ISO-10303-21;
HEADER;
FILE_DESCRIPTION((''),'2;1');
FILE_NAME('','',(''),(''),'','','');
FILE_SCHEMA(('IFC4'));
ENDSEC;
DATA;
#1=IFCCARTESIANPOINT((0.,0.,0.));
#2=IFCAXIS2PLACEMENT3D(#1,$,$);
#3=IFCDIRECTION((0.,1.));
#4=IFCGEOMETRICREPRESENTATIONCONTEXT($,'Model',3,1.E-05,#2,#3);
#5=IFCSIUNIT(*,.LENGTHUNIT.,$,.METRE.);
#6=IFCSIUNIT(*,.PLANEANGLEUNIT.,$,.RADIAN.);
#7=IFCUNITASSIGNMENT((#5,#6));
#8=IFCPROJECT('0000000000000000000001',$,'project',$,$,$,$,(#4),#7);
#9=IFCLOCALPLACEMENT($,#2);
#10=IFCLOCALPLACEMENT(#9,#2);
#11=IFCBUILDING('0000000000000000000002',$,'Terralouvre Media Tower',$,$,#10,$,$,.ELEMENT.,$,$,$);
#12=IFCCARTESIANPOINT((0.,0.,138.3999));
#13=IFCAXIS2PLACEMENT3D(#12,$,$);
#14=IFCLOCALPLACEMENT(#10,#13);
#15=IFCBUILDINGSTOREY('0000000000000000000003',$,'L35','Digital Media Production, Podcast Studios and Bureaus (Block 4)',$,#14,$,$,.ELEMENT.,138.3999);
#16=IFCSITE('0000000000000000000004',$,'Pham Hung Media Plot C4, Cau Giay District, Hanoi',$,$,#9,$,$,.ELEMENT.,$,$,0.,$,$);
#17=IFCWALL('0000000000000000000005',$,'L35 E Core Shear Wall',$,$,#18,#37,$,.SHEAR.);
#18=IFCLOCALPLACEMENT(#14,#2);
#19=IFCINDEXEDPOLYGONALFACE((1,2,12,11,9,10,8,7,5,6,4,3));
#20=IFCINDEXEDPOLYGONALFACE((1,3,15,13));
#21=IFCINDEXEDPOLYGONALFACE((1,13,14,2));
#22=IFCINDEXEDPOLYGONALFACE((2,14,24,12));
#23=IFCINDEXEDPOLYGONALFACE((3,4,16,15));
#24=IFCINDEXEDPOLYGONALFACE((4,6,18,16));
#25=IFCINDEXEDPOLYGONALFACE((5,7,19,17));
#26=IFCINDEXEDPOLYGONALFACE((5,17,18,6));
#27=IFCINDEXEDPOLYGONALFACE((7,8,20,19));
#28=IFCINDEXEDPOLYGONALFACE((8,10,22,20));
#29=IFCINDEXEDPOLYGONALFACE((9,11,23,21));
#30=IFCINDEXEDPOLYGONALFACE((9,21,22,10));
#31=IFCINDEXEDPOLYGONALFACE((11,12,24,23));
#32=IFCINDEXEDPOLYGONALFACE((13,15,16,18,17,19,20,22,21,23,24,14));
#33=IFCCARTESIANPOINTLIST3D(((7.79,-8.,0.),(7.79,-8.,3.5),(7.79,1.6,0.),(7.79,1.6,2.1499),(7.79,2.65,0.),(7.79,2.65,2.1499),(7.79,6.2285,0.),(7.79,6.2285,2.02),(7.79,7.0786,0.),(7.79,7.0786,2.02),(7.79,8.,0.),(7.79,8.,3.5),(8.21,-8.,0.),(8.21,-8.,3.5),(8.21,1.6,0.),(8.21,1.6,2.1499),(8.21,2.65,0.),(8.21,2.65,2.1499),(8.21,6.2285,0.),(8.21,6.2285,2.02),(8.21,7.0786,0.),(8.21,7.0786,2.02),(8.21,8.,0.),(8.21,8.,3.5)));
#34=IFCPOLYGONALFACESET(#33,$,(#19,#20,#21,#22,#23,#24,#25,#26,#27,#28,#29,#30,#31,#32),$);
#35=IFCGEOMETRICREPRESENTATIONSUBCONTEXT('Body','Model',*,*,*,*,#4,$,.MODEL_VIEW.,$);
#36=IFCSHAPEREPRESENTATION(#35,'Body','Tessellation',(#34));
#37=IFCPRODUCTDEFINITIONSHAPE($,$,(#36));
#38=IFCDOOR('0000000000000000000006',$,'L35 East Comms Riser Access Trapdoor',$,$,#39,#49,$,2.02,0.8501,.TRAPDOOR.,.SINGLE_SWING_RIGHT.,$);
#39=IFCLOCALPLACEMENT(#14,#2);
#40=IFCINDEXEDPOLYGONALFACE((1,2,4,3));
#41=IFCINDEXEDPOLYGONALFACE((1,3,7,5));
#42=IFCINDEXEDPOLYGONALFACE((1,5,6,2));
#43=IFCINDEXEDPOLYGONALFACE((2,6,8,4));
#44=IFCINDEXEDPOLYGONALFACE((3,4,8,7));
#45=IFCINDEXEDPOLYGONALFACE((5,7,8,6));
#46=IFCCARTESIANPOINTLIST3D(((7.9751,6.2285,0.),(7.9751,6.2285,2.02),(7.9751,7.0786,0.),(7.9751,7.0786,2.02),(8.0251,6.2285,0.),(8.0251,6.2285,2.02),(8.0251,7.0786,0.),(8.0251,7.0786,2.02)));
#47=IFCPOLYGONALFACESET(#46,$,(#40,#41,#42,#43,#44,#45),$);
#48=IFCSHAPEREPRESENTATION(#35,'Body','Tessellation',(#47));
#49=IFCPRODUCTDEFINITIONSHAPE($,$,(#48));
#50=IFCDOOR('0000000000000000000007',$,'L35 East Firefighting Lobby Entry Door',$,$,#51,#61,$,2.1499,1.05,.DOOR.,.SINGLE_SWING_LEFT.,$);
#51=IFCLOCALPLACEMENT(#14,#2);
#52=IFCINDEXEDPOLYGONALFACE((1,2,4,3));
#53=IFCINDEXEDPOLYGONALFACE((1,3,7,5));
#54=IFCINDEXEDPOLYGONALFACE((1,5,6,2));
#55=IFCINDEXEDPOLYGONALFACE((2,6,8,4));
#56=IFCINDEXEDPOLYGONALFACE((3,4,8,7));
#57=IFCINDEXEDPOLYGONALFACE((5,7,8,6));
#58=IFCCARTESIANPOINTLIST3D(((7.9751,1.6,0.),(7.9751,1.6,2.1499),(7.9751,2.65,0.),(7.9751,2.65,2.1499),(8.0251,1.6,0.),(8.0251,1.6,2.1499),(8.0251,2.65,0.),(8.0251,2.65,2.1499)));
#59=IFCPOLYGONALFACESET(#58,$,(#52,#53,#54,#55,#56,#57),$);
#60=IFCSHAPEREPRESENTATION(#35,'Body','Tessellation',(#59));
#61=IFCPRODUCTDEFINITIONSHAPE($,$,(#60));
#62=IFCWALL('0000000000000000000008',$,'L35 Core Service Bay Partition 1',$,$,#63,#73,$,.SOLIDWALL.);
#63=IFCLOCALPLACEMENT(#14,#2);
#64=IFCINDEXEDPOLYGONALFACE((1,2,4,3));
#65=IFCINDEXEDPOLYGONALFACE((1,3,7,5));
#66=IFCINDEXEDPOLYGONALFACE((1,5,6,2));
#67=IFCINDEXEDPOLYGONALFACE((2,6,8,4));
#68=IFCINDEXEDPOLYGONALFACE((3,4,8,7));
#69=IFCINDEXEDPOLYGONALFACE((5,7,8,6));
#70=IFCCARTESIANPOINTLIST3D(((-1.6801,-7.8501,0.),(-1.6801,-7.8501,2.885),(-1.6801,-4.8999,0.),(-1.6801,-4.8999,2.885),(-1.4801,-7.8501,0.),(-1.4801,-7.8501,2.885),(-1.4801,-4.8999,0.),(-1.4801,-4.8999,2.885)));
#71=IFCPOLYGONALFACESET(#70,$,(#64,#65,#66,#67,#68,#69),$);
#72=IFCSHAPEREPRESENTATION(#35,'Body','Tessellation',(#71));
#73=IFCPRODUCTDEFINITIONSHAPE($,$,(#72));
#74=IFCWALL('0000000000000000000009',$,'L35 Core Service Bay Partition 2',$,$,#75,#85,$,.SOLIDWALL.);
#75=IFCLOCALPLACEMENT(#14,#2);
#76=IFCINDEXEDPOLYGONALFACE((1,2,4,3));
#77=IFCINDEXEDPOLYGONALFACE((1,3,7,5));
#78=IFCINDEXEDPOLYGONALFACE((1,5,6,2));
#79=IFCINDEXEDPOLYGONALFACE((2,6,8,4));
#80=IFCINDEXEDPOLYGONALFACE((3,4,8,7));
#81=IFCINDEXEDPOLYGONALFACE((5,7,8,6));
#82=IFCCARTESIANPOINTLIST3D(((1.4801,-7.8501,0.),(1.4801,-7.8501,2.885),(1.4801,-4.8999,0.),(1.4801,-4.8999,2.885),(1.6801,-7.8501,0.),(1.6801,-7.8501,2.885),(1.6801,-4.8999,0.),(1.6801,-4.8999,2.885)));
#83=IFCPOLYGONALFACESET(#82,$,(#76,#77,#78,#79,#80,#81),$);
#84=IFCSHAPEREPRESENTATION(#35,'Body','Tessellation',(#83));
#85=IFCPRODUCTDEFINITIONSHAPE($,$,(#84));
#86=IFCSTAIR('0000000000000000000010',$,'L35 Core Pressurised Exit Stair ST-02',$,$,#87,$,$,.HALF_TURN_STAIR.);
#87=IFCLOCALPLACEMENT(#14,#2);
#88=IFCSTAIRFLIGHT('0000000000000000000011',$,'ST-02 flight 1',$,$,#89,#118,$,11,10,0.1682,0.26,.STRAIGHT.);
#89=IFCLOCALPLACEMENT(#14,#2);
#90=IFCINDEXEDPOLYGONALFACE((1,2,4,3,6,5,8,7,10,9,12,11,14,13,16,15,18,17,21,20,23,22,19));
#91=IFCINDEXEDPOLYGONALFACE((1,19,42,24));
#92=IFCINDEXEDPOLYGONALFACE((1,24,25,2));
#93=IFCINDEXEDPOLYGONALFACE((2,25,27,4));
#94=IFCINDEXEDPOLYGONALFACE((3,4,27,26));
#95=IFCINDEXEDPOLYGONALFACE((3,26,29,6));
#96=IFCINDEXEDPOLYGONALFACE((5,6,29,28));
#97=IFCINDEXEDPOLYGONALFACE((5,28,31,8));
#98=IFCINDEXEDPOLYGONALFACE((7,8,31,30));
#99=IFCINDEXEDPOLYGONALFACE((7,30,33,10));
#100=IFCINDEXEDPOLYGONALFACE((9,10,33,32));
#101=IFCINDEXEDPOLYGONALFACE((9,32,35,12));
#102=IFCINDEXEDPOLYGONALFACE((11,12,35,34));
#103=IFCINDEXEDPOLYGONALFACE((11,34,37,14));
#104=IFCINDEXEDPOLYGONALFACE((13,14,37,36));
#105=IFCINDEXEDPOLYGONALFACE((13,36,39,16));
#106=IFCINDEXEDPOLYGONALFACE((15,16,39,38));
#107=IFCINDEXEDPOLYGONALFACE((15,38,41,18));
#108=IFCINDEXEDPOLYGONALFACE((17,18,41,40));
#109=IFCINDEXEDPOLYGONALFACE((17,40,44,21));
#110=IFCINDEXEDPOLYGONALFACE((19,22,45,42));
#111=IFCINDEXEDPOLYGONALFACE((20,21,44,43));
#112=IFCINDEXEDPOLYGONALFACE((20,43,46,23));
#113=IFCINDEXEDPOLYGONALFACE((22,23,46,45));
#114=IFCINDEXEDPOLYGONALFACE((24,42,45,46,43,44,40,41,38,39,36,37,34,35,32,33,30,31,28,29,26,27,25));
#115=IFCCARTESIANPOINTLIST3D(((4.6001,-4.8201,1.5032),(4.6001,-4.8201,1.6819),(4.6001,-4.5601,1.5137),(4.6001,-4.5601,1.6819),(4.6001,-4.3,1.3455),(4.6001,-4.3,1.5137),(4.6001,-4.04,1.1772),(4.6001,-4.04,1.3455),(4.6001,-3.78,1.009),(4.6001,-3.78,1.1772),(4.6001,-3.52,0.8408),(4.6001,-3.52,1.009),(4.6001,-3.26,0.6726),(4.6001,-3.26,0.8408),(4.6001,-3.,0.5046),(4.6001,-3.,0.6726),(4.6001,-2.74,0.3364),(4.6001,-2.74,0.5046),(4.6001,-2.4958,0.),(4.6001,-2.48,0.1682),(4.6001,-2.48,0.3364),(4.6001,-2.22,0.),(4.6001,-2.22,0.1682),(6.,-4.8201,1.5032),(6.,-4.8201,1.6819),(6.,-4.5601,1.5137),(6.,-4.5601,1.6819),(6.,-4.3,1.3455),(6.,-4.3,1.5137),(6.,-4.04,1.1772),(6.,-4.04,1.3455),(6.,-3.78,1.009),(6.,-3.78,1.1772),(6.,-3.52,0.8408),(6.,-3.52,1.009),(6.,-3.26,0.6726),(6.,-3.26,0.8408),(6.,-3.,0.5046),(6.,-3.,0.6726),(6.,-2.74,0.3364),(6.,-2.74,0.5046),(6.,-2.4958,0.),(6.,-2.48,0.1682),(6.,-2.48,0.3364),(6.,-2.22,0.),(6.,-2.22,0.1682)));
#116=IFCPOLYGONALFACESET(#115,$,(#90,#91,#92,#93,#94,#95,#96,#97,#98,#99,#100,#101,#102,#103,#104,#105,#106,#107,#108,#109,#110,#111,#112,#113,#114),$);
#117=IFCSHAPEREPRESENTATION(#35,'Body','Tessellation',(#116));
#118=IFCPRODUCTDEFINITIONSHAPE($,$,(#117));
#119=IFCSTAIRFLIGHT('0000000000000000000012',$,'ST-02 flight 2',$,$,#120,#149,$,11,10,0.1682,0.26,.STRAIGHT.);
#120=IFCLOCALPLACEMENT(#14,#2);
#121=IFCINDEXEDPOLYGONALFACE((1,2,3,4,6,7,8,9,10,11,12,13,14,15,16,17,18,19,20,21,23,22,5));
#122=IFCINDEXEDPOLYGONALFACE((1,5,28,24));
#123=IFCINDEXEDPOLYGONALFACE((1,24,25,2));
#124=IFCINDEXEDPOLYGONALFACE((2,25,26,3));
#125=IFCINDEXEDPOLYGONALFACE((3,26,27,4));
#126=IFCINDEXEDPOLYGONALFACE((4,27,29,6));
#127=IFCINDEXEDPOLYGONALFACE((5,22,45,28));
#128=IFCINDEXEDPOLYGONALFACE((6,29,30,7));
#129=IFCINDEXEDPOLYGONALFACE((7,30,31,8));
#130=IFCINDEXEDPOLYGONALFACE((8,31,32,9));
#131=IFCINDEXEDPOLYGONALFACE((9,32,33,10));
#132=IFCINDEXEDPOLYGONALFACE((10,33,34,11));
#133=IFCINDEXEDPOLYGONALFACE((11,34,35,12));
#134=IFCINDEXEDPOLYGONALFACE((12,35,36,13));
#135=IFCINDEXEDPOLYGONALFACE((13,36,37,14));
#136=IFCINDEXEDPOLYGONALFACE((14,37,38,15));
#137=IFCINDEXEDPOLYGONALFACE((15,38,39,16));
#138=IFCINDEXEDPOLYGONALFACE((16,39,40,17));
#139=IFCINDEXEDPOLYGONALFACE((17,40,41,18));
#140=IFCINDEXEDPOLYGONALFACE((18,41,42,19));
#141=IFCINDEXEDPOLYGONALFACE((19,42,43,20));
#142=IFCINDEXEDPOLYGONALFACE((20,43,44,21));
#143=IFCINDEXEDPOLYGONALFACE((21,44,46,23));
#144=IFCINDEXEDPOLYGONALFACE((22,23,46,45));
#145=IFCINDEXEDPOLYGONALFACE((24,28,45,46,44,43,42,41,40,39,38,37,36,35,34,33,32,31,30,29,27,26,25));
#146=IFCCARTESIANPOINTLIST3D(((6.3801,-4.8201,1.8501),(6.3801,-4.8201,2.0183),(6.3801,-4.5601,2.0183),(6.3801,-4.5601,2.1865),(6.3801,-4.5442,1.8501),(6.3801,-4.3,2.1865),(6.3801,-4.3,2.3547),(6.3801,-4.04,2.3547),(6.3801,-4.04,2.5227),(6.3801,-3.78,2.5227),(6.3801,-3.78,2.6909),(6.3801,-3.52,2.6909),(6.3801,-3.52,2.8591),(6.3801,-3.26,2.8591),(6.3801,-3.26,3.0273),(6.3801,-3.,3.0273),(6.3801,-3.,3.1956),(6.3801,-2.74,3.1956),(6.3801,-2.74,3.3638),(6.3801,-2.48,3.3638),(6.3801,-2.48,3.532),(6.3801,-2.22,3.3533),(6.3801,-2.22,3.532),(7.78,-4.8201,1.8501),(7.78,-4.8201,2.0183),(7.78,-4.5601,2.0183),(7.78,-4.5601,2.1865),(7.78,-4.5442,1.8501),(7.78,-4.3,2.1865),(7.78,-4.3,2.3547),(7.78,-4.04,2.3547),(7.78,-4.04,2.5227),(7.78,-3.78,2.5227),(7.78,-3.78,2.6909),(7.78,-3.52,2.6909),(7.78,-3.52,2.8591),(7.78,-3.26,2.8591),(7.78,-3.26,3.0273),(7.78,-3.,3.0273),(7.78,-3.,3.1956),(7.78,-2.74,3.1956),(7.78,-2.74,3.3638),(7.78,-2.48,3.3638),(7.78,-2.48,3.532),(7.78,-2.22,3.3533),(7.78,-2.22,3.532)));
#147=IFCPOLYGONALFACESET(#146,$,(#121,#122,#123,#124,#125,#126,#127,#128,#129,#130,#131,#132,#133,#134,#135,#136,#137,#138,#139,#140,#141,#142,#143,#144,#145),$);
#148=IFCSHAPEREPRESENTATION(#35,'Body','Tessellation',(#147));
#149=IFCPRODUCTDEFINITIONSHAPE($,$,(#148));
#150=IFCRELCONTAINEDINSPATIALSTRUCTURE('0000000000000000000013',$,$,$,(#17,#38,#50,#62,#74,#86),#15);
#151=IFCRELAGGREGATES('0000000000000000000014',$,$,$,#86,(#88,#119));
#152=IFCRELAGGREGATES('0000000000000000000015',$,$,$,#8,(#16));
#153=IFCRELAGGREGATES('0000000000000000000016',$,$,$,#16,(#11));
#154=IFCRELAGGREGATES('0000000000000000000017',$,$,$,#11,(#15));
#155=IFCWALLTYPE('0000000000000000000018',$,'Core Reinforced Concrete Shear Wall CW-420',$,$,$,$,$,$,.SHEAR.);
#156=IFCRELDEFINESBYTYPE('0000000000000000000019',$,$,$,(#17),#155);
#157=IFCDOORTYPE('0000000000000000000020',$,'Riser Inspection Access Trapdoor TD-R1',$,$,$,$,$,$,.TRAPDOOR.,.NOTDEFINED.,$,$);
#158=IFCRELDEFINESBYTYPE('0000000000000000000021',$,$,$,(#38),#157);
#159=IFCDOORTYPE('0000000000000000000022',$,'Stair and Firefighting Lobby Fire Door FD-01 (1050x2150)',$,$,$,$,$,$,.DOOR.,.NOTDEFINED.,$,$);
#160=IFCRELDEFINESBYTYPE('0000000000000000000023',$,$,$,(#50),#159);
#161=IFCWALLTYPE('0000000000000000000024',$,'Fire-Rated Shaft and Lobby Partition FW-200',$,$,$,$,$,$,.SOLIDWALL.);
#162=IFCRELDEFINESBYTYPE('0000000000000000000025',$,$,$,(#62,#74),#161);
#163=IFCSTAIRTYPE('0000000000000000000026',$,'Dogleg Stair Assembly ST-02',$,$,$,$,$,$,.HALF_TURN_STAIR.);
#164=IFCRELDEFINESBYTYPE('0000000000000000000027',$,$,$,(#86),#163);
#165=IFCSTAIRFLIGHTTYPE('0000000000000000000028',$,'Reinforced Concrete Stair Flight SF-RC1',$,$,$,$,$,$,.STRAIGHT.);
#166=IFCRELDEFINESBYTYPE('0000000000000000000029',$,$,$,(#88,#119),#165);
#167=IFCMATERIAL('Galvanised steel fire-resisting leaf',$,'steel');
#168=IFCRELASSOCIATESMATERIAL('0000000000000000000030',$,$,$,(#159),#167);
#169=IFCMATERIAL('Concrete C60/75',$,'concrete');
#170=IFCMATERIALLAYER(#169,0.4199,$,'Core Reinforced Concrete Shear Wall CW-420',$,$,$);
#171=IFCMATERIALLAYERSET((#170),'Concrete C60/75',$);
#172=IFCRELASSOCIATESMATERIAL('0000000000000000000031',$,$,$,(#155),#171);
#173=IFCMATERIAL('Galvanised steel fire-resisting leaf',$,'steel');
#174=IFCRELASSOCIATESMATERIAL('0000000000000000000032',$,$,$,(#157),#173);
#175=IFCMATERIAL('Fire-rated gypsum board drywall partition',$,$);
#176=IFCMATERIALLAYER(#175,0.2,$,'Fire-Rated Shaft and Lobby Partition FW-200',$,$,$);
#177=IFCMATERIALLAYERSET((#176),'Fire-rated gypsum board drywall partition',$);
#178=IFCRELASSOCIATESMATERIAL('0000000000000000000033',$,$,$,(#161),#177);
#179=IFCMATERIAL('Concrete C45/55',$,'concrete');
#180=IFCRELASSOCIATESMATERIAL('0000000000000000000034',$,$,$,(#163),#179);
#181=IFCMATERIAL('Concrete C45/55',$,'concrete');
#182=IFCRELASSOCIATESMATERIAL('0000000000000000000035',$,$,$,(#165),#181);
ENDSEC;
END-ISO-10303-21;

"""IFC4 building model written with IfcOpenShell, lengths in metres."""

from ifc_helpers import new_model, si_unit, direction, frame, frame_2d, origin, place, context, subcontext, project, spatial, polyline, rectangle, outline, extrude, material, layer, layer_set, type_object, element, fill, aggregate, save


model = new_model("IFC4")

# Units and contexts
model_context = context("Model", 3, precision=1e-05, world=origin(), true_north=direction((0.0, 1.0)))
body_context = subcontext(model_context, "Body", "Model", "MODEL_VIEW")
ifc_project = project(units=[si_unit("LENGTHUNIT", "METRE"), si_unit("PLANEANGLEUNIT", "RADIAN")], contexts=[model_context])

# Site, building, storey
site_placement = place(None, origin())
site = spatial("IfcSite", under=ifc_project, at=site_placement, Name="Pham Hung Media Plot C4, Cau Giay District, Hanoi", CompositionType="ELEMENT", RefElevation=0.0)
building_placement = place(site_placement, origin())
building = spatial("IfcBuilding", under=site, at=building_placement, Name="Terralouvre Media Tower", CompositionType="ELEMENT")
storey_placement = place(building_placement, frame((0.0, 0.0, 138.3999)))
storey = spatial("IfcBuildingStorey", under=building, at=storey_placement, Name="L35", Description="Digital Media Production, Podcast Studios and Bureaus (Block 4)", CompositionType="ELEMENT", Elevation=138.3999)

# Shared definitions
ifc_material_1 = material(Name="Galvanised steel fire-resisting leaf", Category="steel")
door_type_1 = type_object("IfcDoorType", Name="Stair and Firefighting Lobby Fire Door FD-01 (1050x2150)", OperationType="NOTDEFINED", PredefinedType="DOOR", material=ifc_material_1)

# Wall, openings, doors
ifc_material_2 = material(Name="Concrete C60/75", Category="concrete")
ifc_layer_1 = layer(ifc_material_2, 0.4199, Name="Core Reinforced Concrete Shear Wall CW-420")
ifc_layer_set_1 = layer_set([ifc_layer_1], Name="Concrete C60/75")
wall_type_1 = type_object("IfcWallType", Name="Core Reinforced Concrete Shear Wall CW-420", PredefinedType="SHEAR", material=ifc_layer_set_1)
wall_1_placement = place(storey_placement, frame((8.0, -8.0, 0.0), z_axis=(0.0, 0.0, 1.0), x_axis=(0.0, 1.0, 0.0)))
wall_1 = element("IfcWall", 1, at=wall_1_placement, inside=storey, type_object=wall_type_1, Name="L35 E Core Shear Wall", PredefinedType="SHEAR", context=body_context, shape_type="SweptSolid", body=[
    extrude(rectangle(XDim=16.0, YDim=0.4199, at=frame_2d((8.0, 0.0))), origin(), (0.0, 0.0, 1.0), 3.5),
])
opening_1_placement = place(wall_1_placement, frame((9.6001, 0.0, 0.0)))
opening_1 = element("IfcOpeningElement", 2, at=opening_1_placement, cuts=wall_1, PredefinedType="OPENING", context=body_context, shape_type="SweptSolid", body=[
    extrude(rectangle(XDim=1.05, YDim=2.1499, at=frame_2d((0.5249, 1.075))), frame((0.0, 0.22, 0.0), z_axis=(0.0, -1.0, 0.0), x_axis=(1.0, 0.0, 0.0)), (0.0, 0.0, 1.0), 0.4399),
])
opening_2_placement = place(wall_1_placement, frame((14.2285, 0.0, 0.0)))
opening_2 = element("IfcOpeningElement", 3, at=opening_2_placement, cuts=wall_1, PredefinedType="OPENING", context=body_context, shape_type="SweptSolid", body=[
    extrude(rectangle(XDim=0.8501, YDim=2.02, at=frame_2d((0.425, 1.01))), frame((0.0, 0.22, 0.0), z_axis=(0.0, -1.0, 0.0), x_axis=(1.0, 0.0, 0.0)), (0.0, 0.0, 1.0), 0.4399),
])
ifc_material_3 = material(Name="Galvanised steel fire-resisting leaf", Category="steel")
door_type_2 = type_object("IfcDoorType", Name="Riser Inspection Access Trapdoor TD-R1", OperationType="NOTDEFINED", PredefinedType="TRAPDOOR", material=ifc_material_3)
door_1_placement = place(opening_2_placement, origin())
door_1 = element("IfcDoor", 4, at=door_1_placement, inside=storey, type_object=door_type_2, Name="L35 East Comms Riser Access Trapdoor", OperationType="SINGLE_SWING_RIGHT", OverallHeight=2.02, OverallWidth=0.8501, PredefinedType="TRAPDOOR", context=body_context, shape_type="SweptSolid", body=[
    extrude(rectangle(XDim=0.8501, YDim=2.02, at=frame_2d((0.425, 1.01))), frame((0.0, 0.0249, 0.0), z_axis=(0.0, -1.0, 0.0), x_axis=(1.0, 0.0, 0.0)), (0.0, 0.0, 1.0), 0.05),
])
fill(opening_2, door_1)
door_2_placement = place(opening_1_placement, origin())
door_2 = element("IfcDoor", 5, at=door_2_placement, inside=storey, type_object=door_type_1, Name="L35 East Firefighting Lobby Entry Door", OperationType="SINGLE_SWING_LEFT", OverallHeight=2.1499, OverallWidth=1.05, PredefinedType="DOOR", context=body_context, shape_type="SweptSolid", body=[
    extrude(rectangle(XDim=1.05, YDim=2.1499, at=frame_2d((0.5249, 1.075))), frame((0.0, 0.0249, 0.0), z_axis=(0.0, -1.0, 0.0), x_axis=(1.0, 0.0, 0.0)), (0.0, 0.0, 1.0), 0.05),
])
fill(opening_1, door_2)

# Walls
ifc_material_4 = material(Name="Fire-rated gypsum board drywall partition")
ifc_layer_2 = layer(ifc_material_4, 0.2, Name="Fire-Rated Shaft and Lobby Partition FW-200")
ifc_layer_set_2 = layer_set([ifc_layer_2], Name="Fire-rated gypsum board drywall partition")
wall_type_2 = type_object("IfcWallType", Name="Fire-Rated Shaft and Lobby Partition FW-200", PredefinedType="SOLIDWALL", material=ifc_layer_set_2)
for number, where, z_axis, x_axis, name in (
    (6, (-1.5801, -7.8501, 0.0), (0.0, 0.0, 1.0), (0.0, 1.0, 0.0), "L35 Core Service Bay Partition 1"),
    (7, (1.5801, -7.8501, 0.0), (0.0, 0.0, 1.0), (0.0, 1.0, 0.0), "L35 Core Service Bay Partition 2"),
):
    element("IfcWall", number, at=place(storey_placement, frame(where, z_axis=z_axis, x_axis=x_axis)), inside=storey, type_object=wall_type_2, Name=name, PredefinedType="SOLIDWALL", context=body_context, shape_type="SweptSolid", body=[
        extrude(rectangle(XDim=2.9502, YDim=0.2, at=frame_2d((1.4751, 0.0))), origin(), (0.0, 0.0, 1.0), 2.885),
    ])

# Stair, stair flights
ifc_material_5 = material(Name="Concrete C45/55", Category="concrete")
stair_type = type_object("IfcStairType", Name="Dogleg Stair Assembly ST-02", PredefinedType="HALF_TURN_STAIR", material=ifc_material_5)
stair_placement = place(storey_placement, origin())
stair = element("IfcStair", 8, at=stair_placement, inside=storey, type_object=stair_type, Name="L35 Core Pressurised Exit Stair ST-02", PredefinedType="HALF_TURN_STAIR")
ifc_material_6 = material(Name="Concrete C45/55", Category="concrete")
stair_flight_type = type_object("IfcStairFlightType", Name="Reinforced Concrete Stair Flight SF-RC1", PredefinedType="STRAIGHT", material=ifc_material_6)
stair_flight_1_placement = place(storey_placement, frame((5.3, -2.22, 0.0), z_axis=(0.0, 0.0, 1.0), x_axis=(0.0, -1.0, 0.0)))
stair_flight_1 = element("IfcStairFlight", 9, at=stair_flight_1_placement, type_object=stair_flight_type, Name="ST-02 flight 1", NumberOfRisers=11, NumberOfTreads=10, PredefinedType="STRAIGHT", RiserHeight=0.1682, TreadLength=0.26, context=body_context, shape_type="SweptSolid", body=[
    extrude(outline(polyline([(0.0, 0.0), (0.0, 0.1682), (0.26, 0.1682), (0.26, 0.3364), (0.52, 0.3364), (0.52, 0.5046), (0.78, 0.5046), (0.78, 0.6726), (1.04, 0.6726), (1.04, 0.8408), (1.3, 0.8408), (1.3, 1.009), (1.5601, 1.009), (1.5601, 1.1772), (1.8201, 1.1772), (1.8201, 1.3455), (2.0801, 1.3455), (2.0801, 1.5137), (2.3401, 1.5137), (2.3401, 1.6819), (2.6001, 1.6819), (2.6001, 1.8501), (2.6001, 1.5032), (0.2759, 0.0), (0.0, 0.0)])), frame((0.0, 0.7, 0.0), z_axis=(0.0, -1.0, 0.0), x_axis=(1.0, 0.0, 0.0)), (0.0, 0.0, 1.0), 1.3999),
])
stair_flight_2_placement = place(storey_placement, frame((7.0801, -4.8201, 1.8501), z_axis=(0.0, 0.0, 1.0), x_axis=(0.0, 1.0, 0.0)))
stair_flight_2 = element("IfcStairFlight", 10, at=stair_flight_2_placement, type_object=stair_flight_type, Name="ST-02 flight 2", NumberOfRisers=11, NumberOfTreads=10, PredefinedType="STRAIGHT", RiserHeight=0.1682, TreadLength=0.26, context=body_context, shape_type="SweptSolid", body=[
    extrude(outline(polyline([(0.0, 0.0), (0.0, 0.1682), (0.26, 0.1682), (0.26, 0.3364), (0.52, 0.3364), (0.52, 0.5046), (0.78, 0.5046), (0.78, 0.6726), (1.04, 0.6726), (1.04, 0.8408), (1.3, 0.8408), (1.3, 1.009), (1.5601, 1.009), (1.5601, 1.1772), (1.8201, 1.1772), (1.8201, 1.3455), (2.0801, 1.3455), (2.0801, 1.5137), (2.3401, 1.5137), (2.3401, 1.6819), (2.6001, 1.6819), (2.6001, 1.8501), (2.6001, 1.5032), (0.2759, 0.0), (0.0, 0.0)])), frame((0.0, 0.7, 0.0), z_axis=(0.0, -1.0, 0.0), x_axis=(1.0, 0.0, 0.0)), (0.0, 0.0, 1.0), 1.3999),
])
aggregate(stair, [stair_flight_1, stair_flight_2])

save(model, "model.ifc")
